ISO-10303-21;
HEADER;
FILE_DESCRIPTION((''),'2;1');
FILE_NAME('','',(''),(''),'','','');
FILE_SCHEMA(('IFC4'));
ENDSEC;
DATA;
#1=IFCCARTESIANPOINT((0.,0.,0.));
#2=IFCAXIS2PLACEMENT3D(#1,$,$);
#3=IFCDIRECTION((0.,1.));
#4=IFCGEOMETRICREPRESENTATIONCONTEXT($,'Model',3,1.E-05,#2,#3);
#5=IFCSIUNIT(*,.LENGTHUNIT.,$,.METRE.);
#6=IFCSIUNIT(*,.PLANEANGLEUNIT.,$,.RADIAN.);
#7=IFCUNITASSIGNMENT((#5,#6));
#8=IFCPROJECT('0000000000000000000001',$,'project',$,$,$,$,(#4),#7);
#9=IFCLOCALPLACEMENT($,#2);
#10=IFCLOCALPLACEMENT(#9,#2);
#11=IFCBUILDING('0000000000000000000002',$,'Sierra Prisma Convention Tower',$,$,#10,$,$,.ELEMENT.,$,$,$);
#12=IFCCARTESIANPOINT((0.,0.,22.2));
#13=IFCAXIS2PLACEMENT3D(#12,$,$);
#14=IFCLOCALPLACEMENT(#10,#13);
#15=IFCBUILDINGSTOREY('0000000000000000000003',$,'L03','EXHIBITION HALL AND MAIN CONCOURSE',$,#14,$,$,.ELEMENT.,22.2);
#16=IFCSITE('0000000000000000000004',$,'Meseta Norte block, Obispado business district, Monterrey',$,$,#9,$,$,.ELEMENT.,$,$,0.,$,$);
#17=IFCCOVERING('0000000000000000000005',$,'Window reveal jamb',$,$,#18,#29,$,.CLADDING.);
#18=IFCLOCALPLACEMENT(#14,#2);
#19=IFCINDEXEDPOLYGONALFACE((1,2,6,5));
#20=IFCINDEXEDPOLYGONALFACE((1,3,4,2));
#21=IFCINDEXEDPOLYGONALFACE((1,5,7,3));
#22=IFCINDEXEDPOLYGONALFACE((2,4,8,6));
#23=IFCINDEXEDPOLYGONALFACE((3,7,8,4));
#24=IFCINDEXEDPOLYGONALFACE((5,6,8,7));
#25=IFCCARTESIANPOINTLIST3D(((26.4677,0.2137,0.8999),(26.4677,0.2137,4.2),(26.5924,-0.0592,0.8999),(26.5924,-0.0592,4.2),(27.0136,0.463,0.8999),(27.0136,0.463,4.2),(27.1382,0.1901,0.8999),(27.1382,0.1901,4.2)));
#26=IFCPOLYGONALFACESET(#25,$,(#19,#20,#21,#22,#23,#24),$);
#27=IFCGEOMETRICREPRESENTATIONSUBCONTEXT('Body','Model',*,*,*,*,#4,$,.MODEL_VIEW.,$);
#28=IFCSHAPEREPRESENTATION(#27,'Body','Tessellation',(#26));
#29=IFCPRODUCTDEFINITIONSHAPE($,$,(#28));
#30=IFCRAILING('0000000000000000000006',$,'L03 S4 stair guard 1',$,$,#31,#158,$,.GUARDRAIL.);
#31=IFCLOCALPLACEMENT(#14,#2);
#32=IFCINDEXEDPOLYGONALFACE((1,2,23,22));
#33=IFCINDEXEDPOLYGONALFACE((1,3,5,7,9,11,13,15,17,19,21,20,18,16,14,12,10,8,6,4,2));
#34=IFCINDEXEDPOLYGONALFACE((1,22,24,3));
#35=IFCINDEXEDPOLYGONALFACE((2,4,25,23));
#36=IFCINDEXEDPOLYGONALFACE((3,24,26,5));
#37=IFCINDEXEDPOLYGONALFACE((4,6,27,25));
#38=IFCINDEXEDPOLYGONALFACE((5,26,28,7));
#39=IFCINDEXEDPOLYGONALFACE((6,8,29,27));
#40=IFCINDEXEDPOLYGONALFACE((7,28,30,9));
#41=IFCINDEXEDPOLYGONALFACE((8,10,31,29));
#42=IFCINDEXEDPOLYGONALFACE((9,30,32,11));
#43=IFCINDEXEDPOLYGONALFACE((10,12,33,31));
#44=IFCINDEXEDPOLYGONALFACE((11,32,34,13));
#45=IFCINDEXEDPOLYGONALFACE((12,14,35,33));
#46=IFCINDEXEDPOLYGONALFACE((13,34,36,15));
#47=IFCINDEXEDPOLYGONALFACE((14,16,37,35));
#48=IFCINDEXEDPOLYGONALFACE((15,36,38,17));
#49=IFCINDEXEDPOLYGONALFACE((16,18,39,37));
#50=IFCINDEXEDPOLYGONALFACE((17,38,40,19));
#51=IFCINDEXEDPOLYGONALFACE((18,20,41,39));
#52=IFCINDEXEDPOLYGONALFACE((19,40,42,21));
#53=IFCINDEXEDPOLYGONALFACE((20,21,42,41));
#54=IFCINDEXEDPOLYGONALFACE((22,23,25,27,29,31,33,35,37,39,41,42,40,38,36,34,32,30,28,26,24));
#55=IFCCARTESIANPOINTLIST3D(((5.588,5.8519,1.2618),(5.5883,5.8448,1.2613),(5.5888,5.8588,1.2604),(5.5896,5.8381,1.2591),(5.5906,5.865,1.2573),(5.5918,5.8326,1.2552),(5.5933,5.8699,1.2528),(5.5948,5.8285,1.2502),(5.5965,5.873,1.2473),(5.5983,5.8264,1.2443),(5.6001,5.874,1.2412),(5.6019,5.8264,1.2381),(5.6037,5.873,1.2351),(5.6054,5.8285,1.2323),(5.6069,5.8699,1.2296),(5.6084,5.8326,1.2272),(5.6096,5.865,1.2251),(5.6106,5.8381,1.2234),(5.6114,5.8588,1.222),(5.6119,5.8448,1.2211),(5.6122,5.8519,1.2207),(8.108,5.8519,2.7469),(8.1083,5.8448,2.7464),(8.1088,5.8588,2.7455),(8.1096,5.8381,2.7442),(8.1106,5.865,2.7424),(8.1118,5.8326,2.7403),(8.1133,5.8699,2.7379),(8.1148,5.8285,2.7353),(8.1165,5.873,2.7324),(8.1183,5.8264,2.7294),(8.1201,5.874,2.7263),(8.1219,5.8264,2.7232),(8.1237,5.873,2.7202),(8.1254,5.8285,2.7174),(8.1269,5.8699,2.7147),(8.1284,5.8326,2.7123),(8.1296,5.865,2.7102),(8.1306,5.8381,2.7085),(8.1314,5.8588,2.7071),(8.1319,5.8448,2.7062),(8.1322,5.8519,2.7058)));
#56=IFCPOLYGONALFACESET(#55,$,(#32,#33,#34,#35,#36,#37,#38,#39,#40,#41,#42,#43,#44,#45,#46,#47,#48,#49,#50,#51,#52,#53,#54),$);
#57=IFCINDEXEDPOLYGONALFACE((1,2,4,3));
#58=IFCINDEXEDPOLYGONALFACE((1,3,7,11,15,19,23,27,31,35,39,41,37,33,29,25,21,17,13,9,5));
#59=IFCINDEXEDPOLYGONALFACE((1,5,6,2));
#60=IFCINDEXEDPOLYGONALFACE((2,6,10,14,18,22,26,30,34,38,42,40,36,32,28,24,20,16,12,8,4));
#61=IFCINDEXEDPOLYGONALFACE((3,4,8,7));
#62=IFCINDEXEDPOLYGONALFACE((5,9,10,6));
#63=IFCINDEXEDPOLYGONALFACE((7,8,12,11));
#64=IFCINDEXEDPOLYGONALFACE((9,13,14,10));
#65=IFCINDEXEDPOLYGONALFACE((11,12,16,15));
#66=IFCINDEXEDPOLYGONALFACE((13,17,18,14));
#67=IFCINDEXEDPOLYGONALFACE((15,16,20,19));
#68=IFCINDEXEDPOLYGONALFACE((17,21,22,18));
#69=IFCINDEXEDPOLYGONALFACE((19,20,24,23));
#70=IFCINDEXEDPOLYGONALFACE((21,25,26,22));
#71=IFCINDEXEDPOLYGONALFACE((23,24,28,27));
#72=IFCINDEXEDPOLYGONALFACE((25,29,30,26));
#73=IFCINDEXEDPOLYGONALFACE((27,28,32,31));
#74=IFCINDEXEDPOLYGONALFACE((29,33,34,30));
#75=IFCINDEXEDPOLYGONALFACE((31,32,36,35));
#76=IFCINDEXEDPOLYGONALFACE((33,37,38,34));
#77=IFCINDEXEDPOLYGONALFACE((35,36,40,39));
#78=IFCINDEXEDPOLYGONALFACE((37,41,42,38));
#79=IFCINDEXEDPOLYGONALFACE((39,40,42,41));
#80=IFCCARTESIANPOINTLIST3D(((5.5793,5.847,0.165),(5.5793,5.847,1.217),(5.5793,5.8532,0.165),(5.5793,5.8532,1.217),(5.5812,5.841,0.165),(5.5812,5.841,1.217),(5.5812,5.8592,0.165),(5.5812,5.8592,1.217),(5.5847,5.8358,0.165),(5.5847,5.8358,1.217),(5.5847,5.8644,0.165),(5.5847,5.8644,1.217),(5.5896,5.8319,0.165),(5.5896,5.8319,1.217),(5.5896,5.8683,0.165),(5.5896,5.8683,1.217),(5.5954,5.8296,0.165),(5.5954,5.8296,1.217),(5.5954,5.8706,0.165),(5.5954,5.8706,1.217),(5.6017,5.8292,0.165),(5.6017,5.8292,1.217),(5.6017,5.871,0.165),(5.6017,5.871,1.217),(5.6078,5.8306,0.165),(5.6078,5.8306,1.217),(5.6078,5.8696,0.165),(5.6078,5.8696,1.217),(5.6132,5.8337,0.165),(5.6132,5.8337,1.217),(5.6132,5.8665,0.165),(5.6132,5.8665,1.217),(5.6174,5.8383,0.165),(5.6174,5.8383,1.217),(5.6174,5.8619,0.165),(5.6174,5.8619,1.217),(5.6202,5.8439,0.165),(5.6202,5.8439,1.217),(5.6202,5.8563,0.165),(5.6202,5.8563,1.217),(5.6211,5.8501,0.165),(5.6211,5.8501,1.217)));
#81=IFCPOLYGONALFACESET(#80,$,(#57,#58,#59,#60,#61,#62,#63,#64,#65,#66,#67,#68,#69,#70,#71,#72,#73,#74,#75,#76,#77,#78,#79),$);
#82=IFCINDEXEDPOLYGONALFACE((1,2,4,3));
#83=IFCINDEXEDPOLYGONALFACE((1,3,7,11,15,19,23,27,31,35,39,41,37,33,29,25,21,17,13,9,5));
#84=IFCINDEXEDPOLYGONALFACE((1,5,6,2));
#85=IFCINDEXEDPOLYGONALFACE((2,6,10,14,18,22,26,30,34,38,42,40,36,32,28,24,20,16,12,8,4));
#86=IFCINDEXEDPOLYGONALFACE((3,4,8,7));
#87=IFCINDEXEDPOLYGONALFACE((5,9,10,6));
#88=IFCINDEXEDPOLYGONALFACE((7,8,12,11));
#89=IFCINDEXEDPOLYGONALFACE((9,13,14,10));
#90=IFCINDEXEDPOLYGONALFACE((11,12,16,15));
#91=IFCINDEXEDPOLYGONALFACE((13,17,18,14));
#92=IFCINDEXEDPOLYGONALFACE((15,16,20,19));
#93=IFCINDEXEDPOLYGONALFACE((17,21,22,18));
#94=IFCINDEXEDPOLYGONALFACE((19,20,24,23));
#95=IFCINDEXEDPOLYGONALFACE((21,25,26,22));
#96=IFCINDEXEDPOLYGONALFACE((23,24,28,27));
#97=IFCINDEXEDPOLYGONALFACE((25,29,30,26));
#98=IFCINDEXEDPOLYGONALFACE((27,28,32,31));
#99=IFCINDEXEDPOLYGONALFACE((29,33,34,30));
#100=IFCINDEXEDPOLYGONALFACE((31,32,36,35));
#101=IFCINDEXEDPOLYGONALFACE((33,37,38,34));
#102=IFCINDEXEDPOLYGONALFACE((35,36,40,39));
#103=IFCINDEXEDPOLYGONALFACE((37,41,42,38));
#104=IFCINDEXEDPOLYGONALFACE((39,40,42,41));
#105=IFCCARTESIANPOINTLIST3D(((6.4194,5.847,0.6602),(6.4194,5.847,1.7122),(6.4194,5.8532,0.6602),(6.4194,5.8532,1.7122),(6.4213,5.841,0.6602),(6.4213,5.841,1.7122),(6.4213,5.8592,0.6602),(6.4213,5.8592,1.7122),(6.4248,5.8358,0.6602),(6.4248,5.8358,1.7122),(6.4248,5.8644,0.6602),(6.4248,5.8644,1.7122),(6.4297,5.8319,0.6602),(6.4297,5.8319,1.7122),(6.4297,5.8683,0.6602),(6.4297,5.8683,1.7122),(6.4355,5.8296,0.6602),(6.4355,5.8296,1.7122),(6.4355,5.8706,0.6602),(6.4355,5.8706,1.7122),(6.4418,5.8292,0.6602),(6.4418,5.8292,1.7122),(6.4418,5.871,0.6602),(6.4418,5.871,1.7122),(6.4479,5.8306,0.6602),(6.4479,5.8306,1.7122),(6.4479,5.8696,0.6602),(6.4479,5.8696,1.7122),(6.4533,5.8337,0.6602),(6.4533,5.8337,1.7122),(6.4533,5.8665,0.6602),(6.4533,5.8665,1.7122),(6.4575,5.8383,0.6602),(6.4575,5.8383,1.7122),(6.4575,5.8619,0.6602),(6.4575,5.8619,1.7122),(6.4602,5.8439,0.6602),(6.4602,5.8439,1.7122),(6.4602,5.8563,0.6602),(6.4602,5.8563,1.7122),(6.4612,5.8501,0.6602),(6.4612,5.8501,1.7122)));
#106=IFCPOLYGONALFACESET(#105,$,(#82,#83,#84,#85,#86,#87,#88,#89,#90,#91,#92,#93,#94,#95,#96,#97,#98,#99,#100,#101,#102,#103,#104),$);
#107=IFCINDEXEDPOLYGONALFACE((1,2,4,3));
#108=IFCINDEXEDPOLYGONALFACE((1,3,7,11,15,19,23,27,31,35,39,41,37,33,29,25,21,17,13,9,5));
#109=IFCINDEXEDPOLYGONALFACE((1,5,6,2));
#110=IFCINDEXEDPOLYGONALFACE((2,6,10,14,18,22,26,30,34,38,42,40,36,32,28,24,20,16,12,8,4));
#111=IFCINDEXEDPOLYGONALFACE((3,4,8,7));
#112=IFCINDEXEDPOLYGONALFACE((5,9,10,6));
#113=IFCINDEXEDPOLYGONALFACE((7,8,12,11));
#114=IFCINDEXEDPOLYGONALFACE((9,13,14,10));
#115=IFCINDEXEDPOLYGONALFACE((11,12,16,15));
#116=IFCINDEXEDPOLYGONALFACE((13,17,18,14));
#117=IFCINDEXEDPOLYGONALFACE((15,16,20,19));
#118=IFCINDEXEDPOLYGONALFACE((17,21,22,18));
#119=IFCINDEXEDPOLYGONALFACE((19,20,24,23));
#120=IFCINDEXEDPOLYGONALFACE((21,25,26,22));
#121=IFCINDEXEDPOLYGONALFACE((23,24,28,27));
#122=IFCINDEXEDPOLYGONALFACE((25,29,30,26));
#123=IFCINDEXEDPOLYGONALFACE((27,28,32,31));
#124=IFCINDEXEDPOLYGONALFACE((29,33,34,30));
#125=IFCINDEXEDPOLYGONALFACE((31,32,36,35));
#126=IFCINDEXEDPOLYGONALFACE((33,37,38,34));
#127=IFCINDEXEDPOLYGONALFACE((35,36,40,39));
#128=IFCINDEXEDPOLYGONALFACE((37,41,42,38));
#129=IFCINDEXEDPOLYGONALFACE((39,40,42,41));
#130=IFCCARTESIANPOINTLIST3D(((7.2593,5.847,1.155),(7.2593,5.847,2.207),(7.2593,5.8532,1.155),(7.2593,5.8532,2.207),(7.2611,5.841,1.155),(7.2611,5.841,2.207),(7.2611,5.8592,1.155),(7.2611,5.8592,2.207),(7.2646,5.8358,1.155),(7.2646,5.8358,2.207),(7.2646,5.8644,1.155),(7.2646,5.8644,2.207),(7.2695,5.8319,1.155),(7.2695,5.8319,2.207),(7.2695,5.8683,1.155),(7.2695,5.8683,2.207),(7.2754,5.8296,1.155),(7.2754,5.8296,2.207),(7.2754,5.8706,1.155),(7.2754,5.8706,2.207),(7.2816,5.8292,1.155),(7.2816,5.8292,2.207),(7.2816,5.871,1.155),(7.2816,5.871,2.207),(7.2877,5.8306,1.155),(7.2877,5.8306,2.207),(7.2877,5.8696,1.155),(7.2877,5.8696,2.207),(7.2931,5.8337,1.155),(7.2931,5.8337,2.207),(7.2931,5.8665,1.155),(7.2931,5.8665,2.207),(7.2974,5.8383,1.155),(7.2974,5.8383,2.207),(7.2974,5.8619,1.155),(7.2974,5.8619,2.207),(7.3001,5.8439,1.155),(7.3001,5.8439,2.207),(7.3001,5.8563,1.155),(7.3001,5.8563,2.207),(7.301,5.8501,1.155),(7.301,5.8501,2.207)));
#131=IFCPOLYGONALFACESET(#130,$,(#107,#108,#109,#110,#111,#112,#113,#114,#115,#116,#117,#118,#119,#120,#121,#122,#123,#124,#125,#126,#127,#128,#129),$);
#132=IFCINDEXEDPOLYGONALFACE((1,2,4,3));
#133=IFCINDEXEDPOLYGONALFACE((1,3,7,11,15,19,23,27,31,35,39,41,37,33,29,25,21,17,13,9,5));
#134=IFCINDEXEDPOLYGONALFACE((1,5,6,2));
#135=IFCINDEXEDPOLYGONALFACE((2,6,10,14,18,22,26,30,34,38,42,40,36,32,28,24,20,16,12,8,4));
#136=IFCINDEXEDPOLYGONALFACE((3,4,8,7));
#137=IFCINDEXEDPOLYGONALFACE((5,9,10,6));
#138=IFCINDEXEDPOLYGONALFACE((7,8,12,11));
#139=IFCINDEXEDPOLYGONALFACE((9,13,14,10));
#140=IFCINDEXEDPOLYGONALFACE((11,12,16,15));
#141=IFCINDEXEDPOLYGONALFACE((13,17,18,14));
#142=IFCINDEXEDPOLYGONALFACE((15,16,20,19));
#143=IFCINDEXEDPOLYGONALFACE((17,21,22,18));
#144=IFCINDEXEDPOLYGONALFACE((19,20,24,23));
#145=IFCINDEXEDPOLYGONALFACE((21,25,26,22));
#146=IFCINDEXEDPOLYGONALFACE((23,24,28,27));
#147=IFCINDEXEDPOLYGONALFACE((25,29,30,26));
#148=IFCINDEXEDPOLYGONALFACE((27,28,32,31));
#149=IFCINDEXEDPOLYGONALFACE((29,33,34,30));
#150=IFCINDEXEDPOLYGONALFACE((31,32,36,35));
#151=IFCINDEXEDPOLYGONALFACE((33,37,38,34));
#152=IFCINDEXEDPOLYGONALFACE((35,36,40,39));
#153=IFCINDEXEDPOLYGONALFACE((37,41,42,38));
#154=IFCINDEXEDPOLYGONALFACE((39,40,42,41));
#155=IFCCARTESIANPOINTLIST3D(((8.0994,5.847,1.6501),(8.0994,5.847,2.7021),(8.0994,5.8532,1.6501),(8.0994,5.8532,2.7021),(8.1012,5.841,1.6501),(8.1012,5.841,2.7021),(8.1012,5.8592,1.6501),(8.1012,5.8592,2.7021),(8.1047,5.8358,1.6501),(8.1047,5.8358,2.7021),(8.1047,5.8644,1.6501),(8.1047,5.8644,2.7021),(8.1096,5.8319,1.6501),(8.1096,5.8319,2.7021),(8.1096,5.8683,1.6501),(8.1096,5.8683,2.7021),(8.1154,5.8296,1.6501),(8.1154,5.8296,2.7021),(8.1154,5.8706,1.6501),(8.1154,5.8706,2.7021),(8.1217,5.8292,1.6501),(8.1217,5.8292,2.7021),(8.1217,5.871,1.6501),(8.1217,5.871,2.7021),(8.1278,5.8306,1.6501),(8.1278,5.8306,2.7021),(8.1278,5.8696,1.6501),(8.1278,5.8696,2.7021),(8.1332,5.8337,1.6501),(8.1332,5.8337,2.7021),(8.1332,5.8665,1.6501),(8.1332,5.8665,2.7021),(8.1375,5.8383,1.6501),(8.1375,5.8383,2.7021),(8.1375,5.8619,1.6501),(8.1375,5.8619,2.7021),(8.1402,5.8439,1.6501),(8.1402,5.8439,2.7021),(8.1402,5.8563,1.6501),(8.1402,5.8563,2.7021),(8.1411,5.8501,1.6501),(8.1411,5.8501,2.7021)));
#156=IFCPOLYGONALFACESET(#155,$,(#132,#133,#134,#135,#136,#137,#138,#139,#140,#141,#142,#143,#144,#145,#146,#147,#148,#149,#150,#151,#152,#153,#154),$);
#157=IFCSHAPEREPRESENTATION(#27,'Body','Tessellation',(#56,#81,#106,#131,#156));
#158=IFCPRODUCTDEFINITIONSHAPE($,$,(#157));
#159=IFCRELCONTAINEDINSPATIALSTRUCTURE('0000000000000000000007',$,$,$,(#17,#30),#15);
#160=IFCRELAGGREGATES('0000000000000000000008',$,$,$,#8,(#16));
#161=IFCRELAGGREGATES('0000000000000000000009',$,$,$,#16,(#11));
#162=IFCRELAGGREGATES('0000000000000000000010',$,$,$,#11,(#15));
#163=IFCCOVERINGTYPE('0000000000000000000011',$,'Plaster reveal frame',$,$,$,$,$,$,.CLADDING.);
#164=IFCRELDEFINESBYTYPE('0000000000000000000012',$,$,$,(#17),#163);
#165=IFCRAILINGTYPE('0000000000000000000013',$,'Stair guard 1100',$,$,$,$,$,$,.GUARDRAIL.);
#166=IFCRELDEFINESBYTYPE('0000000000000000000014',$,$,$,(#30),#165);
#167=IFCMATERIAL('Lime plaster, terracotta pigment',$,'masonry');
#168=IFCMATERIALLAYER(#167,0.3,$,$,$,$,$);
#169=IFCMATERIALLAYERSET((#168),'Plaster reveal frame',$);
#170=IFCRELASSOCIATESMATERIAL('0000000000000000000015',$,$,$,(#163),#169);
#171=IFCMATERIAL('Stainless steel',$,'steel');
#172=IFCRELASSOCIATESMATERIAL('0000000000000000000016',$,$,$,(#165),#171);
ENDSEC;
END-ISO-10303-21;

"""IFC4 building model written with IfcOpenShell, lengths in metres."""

from ifc_helpers import new_model, si_unit, direction, frame, origin, origin_2d, place, context, subcontext, project, spatial, rectangle, circle, extrude, material, layer, layer_set, type_object, element, save


model = new_model("IFC4")

# Units and contexts
model_context = context("Model", 3, precision=1e-05, world=origin(), true_north=direction((0.0, 1.0)))
body_context = subcontext(model_context, "Body", "Model", "MODEL_VIEW")
ifc_project = project(units=[si_unit("LENGTHUNIT", "METRE"), si_unit("PLANEANGLEUNIT", "RADIAN")], contexts=[model_context])

# Site, building, storey
site_placement = place(None, origin())
site = spatial("IfcSite", under=ifc_project, at=site_placement, Name="Meseta Norte block, Obispado business district, Monterrey", CompositionType="ELEMENT", RefElevation=0.0)
building_placement = place(site_placement, origin())
building = spatial("IfcBuilding", under=site, at=building_placement, Name="Sierra Prisma Convention Tower", CompositionType="ELEMENT")
storey_placement = place(building_placement, frame((0.0, 0.0, 22.2)))
storey = spatial("IfcBuildingStorey", under=building, at=storey_placement, Name="L03", Description="EXHIBITION HALL AND MAIN CONCOURSE", CompositionType="ELEMENT", Elevation=22.2)

# Covering
ifc_material_1 = material(Name="Lime plaster, terracotta pigment", Category="masonry")
ifc_layer_1 = layer(ifc_material_1, 0.3)
ifc_layer_set_1 = layer_set([ifc_layer_1], Name="Plaster reveal frame")
covering_type = type_object("IfcCoveringType", Name="Plaster reveal frame", PredefinedType="CLADDING", material=ifc_layer_set_1)
covering_placement = place(storey_placement, frame((26.803, 0.2019, 0.8999), z_axis=(0.0, 0.0, 1.0), x_axis=(0.415398, -0.90964, 0.0)))
element("IfcCovering", 1, at=covering_placement, inside=storey, type_object=covering_type, Name="Window reveal jamb", PredefinedType="CLADDING", context=body_context, shape_type="SweptSolid", body=[
    extrude(rectangle(XDim=0.3, YDim=0.6001, at=origin_2d()), origin(), (0.0, 0.0, 1.0), 3.3),
])

# Railing
ifc_material_2 = material(Name="Stainless steel", Category="steel")
railing_type_1 = type_object("IfcRailingType", Name="Stair guard 1100", PredefinedType="GUARDRAIL", material=ifc_material_2)
railing_1_placement = place(storey_placement, frame((5.6001, 5.8501, 0.165)))
element("IfcRailing", 2, at=railing_1_placement, inside=storey, type_object=railing_type_1, Name="L03 S4 stair guard 1", PredefinedType="GUARDRAIL", context=body_context, shape_type="SweptSolid", body=[
    extrude(circle(Radius=0.0239, at=origin_2d()), frame((0.0, 0.0, 1.0762), z_axis=(0.861524, 0.0, 0.507717), x_axis=(0.0, 1.0, 0.0)), (0.0, 0.0, 1.0), 2.925),
    extrude(circle(Radius=0.021, at=origin_2d()), origin(), (0.0, 0.0, 1.0), 1.052),
    extrude(circle(Radius=0.021, at=origin_2d()), frame((0.8401, 0.0, 0.4951)), (0.0, 0.0, 1.0), 1.052),
    extrude(circle(Radius=0.021, at=origin_2d()), frame((1.6799, 0.0, 0.99)), (0.0, 0.0, 1.0), 1.052),
    extrude(circle(Radius=0.021, at=origin_2d()), frame((2.52, 0.0, 1.4851)), (0.0, 0.0, 1.0), 1.052),
])

save(model, "model.ifc")
